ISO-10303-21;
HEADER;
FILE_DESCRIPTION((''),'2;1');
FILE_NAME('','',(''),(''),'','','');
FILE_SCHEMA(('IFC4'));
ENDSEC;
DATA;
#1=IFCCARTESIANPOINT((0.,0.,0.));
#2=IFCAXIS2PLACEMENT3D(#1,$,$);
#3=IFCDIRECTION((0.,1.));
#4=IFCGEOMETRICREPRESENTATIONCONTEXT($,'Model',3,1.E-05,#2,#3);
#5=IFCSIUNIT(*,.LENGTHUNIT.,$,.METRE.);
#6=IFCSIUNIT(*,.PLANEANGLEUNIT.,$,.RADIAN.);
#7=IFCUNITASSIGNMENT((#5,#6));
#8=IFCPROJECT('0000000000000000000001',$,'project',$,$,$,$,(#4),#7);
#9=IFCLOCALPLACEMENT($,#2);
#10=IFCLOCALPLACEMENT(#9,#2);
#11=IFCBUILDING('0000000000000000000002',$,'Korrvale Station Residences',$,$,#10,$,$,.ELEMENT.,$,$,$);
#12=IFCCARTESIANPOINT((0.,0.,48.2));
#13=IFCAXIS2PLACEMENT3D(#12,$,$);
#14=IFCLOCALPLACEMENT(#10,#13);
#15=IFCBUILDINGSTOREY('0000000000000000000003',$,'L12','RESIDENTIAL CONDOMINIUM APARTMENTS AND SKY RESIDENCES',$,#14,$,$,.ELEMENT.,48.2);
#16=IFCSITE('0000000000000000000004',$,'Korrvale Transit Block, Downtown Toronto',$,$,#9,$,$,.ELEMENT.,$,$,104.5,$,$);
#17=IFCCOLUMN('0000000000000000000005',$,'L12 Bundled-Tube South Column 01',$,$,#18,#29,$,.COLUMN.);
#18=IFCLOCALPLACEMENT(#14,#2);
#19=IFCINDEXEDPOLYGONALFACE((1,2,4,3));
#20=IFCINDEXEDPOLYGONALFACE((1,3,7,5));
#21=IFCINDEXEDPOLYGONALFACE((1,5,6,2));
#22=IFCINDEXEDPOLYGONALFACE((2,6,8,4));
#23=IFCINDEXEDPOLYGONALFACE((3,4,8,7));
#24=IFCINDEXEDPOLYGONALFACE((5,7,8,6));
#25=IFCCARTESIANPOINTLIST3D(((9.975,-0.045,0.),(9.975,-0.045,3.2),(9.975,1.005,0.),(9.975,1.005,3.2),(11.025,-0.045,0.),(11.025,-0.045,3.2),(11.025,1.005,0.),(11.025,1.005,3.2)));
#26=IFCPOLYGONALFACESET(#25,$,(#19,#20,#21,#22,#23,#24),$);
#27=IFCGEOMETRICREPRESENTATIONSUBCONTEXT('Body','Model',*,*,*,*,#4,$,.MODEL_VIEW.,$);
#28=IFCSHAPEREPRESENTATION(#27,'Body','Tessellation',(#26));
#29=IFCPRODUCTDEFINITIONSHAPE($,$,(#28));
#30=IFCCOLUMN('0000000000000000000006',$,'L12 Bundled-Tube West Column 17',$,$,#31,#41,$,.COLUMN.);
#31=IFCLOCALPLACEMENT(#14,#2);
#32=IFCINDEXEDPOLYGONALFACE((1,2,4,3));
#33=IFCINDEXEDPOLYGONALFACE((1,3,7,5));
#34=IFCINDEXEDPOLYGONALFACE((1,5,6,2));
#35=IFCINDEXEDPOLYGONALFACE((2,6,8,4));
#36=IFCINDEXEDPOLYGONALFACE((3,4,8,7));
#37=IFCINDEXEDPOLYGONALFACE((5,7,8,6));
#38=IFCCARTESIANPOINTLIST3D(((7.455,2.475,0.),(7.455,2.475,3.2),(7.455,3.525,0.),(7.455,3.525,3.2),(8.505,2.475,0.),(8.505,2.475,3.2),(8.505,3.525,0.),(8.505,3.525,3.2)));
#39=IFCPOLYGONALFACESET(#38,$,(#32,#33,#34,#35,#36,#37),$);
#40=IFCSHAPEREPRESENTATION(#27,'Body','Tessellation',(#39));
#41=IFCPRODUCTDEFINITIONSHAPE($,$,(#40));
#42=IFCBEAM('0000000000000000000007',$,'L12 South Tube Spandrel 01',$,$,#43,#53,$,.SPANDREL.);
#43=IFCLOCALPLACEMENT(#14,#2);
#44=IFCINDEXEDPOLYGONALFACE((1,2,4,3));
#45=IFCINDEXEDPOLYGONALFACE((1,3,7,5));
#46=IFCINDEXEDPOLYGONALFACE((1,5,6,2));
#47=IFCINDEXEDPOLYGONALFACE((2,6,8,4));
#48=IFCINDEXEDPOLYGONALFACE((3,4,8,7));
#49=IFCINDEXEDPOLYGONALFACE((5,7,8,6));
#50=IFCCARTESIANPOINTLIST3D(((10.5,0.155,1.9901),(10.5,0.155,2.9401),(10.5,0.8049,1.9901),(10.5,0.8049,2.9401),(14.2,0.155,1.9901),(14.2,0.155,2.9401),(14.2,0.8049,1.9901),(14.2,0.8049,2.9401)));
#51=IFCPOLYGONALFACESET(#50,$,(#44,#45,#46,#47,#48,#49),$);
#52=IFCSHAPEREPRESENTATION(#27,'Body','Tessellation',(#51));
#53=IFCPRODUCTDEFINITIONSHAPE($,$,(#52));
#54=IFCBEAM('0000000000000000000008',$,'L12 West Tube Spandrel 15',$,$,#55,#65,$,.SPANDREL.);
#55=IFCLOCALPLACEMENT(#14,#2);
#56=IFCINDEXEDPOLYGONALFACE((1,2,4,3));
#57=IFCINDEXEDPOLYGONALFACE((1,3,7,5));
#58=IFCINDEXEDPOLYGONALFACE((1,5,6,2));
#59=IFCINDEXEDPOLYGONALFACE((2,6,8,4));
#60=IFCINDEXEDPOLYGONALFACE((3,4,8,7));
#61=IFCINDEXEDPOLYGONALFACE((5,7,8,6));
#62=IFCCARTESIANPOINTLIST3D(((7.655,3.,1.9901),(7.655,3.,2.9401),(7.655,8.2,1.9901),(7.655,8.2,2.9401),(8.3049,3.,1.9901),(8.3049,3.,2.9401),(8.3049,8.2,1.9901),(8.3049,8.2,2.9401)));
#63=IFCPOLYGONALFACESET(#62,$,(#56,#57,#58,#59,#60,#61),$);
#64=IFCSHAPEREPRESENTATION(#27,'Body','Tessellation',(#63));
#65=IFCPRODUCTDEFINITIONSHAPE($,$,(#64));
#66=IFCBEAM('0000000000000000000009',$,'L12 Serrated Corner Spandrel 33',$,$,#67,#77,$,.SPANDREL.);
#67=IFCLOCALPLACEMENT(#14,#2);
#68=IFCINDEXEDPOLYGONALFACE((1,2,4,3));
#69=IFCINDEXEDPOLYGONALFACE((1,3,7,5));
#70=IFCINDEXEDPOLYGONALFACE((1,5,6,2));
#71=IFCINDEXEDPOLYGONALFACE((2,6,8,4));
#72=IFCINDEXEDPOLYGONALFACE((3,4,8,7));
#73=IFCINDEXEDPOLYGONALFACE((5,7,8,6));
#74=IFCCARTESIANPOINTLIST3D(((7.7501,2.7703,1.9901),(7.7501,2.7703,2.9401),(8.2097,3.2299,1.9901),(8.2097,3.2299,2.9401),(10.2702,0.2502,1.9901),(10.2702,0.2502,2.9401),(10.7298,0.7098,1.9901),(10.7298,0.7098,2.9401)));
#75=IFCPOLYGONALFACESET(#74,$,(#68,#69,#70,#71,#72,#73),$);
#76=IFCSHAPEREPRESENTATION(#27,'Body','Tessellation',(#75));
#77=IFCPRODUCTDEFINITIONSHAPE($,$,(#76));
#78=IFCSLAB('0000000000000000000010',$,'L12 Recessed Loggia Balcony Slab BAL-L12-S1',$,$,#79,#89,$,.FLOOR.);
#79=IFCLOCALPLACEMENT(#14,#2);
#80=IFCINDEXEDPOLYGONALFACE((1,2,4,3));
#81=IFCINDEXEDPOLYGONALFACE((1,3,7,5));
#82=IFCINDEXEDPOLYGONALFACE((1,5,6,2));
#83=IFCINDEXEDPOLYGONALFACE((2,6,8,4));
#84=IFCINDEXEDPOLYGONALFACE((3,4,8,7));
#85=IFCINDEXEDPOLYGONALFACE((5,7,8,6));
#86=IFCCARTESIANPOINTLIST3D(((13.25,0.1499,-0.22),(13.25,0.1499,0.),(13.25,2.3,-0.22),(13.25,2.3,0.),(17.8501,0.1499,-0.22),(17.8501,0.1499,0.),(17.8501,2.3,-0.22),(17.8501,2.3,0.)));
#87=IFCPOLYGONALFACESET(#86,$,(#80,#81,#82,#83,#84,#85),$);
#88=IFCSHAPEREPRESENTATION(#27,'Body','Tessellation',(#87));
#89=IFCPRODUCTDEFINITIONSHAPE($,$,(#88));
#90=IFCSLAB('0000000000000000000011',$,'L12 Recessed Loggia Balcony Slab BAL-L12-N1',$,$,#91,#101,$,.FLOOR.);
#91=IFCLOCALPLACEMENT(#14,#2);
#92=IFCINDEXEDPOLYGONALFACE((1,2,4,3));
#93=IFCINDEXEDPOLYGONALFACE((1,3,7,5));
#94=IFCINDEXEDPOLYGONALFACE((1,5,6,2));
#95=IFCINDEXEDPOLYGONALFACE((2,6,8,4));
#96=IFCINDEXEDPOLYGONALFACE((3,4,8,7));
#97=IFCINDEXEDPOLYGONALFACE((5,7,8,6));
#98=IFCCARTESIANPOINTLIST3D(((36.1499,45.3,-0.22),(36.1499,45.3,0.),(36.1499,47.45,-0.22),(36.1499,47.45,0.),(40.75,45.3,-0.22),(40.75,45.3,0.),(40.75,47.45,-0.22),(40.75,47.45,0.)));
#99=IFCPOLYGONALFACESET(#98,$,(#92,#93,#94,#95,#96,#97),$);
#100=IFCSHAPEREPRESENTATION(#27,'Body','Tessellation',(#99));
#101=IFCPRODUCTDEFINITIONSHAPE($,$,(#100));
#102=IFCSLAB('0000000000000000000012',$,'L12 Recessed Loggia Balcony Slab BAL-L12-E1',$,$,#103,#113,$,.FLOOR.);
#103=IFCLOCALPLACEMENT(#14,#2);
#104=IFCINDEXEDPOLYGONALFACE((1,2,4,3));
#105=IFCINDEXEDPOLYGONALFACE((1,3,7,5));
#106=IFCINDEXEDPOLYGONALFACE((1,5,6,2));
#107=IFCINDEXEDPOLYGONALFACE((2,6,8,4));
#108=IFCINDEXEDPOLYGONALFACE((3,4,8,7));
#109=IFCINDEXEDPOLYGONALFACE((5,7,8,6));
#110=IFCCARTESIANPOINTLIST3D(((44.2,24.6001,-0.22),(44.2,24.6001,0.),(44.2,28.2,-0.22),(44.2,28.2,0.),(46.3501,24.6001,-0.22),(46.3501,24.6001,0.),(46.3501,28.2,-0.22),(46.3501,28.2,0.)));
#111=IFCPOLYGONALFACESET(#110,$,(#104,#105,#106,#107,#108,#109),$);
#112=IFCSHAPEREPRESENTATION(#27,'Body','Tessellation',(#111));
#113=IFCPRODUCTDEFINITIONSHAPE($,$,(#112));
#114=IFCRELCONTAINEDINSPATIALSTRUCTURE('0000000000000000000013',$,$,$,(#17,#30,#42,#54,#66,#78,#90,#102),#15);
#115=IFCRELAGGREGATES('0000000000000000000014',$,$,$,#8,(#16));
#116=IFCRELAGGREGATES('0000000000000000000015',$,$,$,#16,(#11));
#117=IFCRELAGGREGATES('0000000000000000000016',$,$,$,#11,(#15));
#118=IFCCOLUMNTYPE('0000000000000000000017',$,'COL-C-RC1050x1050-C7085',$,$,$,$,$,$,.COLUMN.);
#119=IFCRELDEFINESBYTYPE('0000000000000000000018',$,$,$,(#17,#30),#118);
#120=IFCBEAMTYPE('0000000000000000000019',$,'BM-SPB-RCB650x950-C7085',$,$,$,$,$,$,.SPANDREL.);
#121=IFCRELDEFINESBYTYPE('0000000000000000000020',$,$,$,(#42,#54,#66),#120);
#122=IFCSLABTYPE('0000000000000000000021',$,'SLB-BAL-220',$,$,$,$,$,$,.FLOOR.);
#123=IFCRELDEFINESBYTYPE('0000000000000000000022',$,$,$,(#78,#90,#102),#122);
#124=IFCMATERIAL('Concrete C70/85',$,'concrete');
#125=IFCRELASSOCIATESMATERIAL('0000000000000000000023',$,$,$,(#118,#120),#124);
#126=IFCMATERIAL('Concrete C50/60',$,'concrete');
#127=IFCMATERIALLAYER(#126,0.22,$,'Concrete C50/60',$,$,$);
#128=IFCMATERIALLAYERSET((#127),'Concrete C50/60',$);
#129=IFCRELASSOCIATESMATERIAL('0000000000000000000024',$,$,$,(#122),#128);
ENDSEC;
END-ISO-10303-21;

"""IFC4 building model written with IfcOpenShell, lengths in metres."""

from ifc_helpers import new_model, si_unit, direction, frame, origin, origin_2d, place, context, subcontext, project, spatial, polyline, rectangle, outline, extrude, material, layer, layer_set, material_profile, profile_set, type_object, element, save


model = new_model("IFC4")

# Units and contexts
model_context = context("Model", 3, precision=1e-05, world=origin(), true_north=direction((0.0, 1.0)))
body_context = subcontext(model_context, "Body", "Model", "MODEL_VIEW")
ifc_project = project(units=[si_unit("LENGTHUNIT", "METRE"), si_unit("PLANEANGLEUNIT", "RADIAN")], contexts=[model_context])

# Site, building, storey
site_placement = place(None, origin())
site = spatial("IfcSite", under=ifc_project, at=site_placement, Name="Korrvale Transit Block, Downtown Toronto", CompositionType="ELEMENT", RefElevation=104.5)
building_placement = place(site_placement, origin())
building = spatial("IfcBuilding", under=site, at=building_placement, Name="Korrvale Station Residences", CompositionType="ELEMENT")
storey_placement = place(building_placement, frame((0.0, 0.0, 48.2)))
storey = spatial("IfcBuildingStorey", under=building, at=storey_placement, Name="L12", Description="RESIDENTIAL CONDOMINIUM APARTMENTS AND SKY RESIDENCES", CompositionType="ELEMENT", Elevation=48.2)

# Columns
ifc_material_1 = material(Name="Concrete C70/85", Category="concrete")
ifc_material_profile_1 = material_profile(ifc_material_1, rectangle(XDim=1.05, YDim=1.05, at=origin_2d()), Name="RC1050x1050")
ifc_profile_set_1 = profile_set([ifc_material_profile_1], Name="Concrete C70/85")
column_type = type_object("IfcColumnType", Name="COL-C-RC1050x1050-C7085", PredefinedType="COLUMN", material=ifc_profile_set_1)
for number, where, z_axis, x_axis, name in (
    (1, (10.5, 0.48, 0.0), (0.0, 0.0, 1.0), (1.0, 0.0, 0.0), "L12 Bundled-Tube South Column 01"),
    (2, (7.98, 3.0, 0.0), (0.0, 0.0, 1.0), (1.0, 0.0, 0.0), "L12 Bundled-Tube West Column 17"),
):
    element("IfcColumn", number, at=place(storey_placement, frame(where, z_axis=z_axis, x_axis=x_axis)), inside=storey, type_object=column_type, Name=name, PredefinedType="COLUMN", context=body_context, shape_type="SweptSolid", body=[
        extrude(rectangle(XDim=1.05, YDim=1.05, at=origin_2d()), origin(), (0.0, 0.0, 1.0), 3.2),
    ])

# Beams
ifc_material_profile_2 = material_profile(ifc_material_1, rectangle(XDim=0.6499, YDim=0.95, at=origin_2d()), Name="RCB650x950")
ifc_profile_set_2 = profile_set([ifc_material_profile_2], Name="Concrete C70/85")
beam_type = type_object("IfcBeamType", Name="BM-SPB-RCB650x950-C7085", PredefinedType="SPANDREL", material=ifc_profile_set_2)
beam_1_placement = place(storey_placement, frame((10.5, 0.48, 2.4651), z_axis=(1.0, 0.0, 0.0), x_axis=(0.0, 1.0, 0.0)))
element("IfcBeam", 3, at=beam_1_placement, inside=storey, type_object=beam_type, Name="L12 South Tube Spandrel 01", PredefinedType="SPANDREL", context=body_context, shape_type="SweptSolid", body=[
    extrude(rectangle(XDim=0.6499, YDim=0.95, at=origin_2d()), origin(), (0.0, 0.0, 1.0), 3.7),
])
beam_2_placement = place(storey_placement, frame((7.98, 3.0, 2.4651), z_axis=(0.0, 1.0, 0.0), x_axis=(-1.0, 0.0, 0.0)))
element("IfcBeam", 4, at=beam_2_placement, inside=storey, type_object=beam_type, Name="L12 West Tube Spandrel 15", PredefinedType="SPANDREL", context=body_context, shape_type="SweptSolid", body=[
    extrude(rectangle(XDim=0.6499, YDim=0.95, at=origin_2d()), origin(), (0.0, 0.0, 1.0), 5.2),
])
beam_3_placement = place(storey_placement, frame((10.5, 0.48, 2.4651), z_axis=(-0.707107, 0.707107, 0.0), x_axis=(-0.707107, -0.707107, 0.0)))
element("IfcBeam", 5, at=beam_3_placement, inside=storey, type_object=beam_type, Name="L12 Serrated Corner Spandrel 33", PredefinedType="SPANDREL", context=body_context, shape_type="SweptSolid", body=[
    extrude(rectangle(XDim=0.6499, YDim=0.95, at=origin_2d()), origin(), (0.0, 0.0, 1.0), 3.564),
])

# Slabs
ifc_material_2 = material(Name="Concrete C50/60", Category="concrete")
ifc_layer_1 = layer(ifc_material_2, 0.22, Name="Concrete C50/60")
ifc_layer_set_1 = layer_set([ifc_layer_1], Name="Concrete C50/60")
slab_type_1 = type_object("IfcSlabType", Name="SLB-BAL-220", PredefinedType="FLOOR", material=ifc_layer_set_1)
slab_1_placement = place(storey_placement, frame((0.0, 0.0, -0.22)))
element("IfcSlab", 6, at=slab_1_placement, inside=storey, type_object=slab_type_1, Name="L12 Recessed Loggia Balcony Slab BAL-L12-S1", PredefinedType="FLOOR", context=body_context, shape_type="SweptSolid", body=[
    extrude(outline(polyline([(13.25, 0.1499), (17.8501, 0.1499), (17.8501, 2.3), (13.25, 2.3), (13.25, 0.1499)])), origin(), (0.0, 0.0, 1.0), 0.22),
])
slab_2_placement = place(storey_placement, frame((0.0, 0.0, -0.22)))
element("IfcSlab", 7, at=slab_2_placement, inside=storey, type_object=slab_type_1, Name="L12 Recessed Loggia Balcony Slab BAL-L12-N1", PredefinedType="FLOOR", context=body_context, shape_type="SweptSolid", body=[
    extrude(outline(polyline([(36.1499, 45.3), (40.75, 45.3), (40.75, 47.45), (36.1499, 47.45), (36.1499, 45.3)])), origin(), (0.0, 0.0, 1.0), 0.22),
])
slab_3_placement = place(storey_placement, frame((0.0, 0.0, -0.22)))
element("IfcSlab", 8, at=slab_3_placement, inside=storey, type_object=slab_type_1, Name="L12 Recessed Loggia Balcony Slab BAL-L12-E1", PredefinedType="FLOOR", context=body_context, shape_type="SweptSolid", body=[
    extrude(outline(polyline([(44.2, 24.6001), (46.3501, 24.6001), (46.3501, 28.2), (44.2, 28.2), (44.2, 24.6001)])), origin(), (0.0, 0.0, 1.0), 0.22),
])

save(model, "model.ifc")
